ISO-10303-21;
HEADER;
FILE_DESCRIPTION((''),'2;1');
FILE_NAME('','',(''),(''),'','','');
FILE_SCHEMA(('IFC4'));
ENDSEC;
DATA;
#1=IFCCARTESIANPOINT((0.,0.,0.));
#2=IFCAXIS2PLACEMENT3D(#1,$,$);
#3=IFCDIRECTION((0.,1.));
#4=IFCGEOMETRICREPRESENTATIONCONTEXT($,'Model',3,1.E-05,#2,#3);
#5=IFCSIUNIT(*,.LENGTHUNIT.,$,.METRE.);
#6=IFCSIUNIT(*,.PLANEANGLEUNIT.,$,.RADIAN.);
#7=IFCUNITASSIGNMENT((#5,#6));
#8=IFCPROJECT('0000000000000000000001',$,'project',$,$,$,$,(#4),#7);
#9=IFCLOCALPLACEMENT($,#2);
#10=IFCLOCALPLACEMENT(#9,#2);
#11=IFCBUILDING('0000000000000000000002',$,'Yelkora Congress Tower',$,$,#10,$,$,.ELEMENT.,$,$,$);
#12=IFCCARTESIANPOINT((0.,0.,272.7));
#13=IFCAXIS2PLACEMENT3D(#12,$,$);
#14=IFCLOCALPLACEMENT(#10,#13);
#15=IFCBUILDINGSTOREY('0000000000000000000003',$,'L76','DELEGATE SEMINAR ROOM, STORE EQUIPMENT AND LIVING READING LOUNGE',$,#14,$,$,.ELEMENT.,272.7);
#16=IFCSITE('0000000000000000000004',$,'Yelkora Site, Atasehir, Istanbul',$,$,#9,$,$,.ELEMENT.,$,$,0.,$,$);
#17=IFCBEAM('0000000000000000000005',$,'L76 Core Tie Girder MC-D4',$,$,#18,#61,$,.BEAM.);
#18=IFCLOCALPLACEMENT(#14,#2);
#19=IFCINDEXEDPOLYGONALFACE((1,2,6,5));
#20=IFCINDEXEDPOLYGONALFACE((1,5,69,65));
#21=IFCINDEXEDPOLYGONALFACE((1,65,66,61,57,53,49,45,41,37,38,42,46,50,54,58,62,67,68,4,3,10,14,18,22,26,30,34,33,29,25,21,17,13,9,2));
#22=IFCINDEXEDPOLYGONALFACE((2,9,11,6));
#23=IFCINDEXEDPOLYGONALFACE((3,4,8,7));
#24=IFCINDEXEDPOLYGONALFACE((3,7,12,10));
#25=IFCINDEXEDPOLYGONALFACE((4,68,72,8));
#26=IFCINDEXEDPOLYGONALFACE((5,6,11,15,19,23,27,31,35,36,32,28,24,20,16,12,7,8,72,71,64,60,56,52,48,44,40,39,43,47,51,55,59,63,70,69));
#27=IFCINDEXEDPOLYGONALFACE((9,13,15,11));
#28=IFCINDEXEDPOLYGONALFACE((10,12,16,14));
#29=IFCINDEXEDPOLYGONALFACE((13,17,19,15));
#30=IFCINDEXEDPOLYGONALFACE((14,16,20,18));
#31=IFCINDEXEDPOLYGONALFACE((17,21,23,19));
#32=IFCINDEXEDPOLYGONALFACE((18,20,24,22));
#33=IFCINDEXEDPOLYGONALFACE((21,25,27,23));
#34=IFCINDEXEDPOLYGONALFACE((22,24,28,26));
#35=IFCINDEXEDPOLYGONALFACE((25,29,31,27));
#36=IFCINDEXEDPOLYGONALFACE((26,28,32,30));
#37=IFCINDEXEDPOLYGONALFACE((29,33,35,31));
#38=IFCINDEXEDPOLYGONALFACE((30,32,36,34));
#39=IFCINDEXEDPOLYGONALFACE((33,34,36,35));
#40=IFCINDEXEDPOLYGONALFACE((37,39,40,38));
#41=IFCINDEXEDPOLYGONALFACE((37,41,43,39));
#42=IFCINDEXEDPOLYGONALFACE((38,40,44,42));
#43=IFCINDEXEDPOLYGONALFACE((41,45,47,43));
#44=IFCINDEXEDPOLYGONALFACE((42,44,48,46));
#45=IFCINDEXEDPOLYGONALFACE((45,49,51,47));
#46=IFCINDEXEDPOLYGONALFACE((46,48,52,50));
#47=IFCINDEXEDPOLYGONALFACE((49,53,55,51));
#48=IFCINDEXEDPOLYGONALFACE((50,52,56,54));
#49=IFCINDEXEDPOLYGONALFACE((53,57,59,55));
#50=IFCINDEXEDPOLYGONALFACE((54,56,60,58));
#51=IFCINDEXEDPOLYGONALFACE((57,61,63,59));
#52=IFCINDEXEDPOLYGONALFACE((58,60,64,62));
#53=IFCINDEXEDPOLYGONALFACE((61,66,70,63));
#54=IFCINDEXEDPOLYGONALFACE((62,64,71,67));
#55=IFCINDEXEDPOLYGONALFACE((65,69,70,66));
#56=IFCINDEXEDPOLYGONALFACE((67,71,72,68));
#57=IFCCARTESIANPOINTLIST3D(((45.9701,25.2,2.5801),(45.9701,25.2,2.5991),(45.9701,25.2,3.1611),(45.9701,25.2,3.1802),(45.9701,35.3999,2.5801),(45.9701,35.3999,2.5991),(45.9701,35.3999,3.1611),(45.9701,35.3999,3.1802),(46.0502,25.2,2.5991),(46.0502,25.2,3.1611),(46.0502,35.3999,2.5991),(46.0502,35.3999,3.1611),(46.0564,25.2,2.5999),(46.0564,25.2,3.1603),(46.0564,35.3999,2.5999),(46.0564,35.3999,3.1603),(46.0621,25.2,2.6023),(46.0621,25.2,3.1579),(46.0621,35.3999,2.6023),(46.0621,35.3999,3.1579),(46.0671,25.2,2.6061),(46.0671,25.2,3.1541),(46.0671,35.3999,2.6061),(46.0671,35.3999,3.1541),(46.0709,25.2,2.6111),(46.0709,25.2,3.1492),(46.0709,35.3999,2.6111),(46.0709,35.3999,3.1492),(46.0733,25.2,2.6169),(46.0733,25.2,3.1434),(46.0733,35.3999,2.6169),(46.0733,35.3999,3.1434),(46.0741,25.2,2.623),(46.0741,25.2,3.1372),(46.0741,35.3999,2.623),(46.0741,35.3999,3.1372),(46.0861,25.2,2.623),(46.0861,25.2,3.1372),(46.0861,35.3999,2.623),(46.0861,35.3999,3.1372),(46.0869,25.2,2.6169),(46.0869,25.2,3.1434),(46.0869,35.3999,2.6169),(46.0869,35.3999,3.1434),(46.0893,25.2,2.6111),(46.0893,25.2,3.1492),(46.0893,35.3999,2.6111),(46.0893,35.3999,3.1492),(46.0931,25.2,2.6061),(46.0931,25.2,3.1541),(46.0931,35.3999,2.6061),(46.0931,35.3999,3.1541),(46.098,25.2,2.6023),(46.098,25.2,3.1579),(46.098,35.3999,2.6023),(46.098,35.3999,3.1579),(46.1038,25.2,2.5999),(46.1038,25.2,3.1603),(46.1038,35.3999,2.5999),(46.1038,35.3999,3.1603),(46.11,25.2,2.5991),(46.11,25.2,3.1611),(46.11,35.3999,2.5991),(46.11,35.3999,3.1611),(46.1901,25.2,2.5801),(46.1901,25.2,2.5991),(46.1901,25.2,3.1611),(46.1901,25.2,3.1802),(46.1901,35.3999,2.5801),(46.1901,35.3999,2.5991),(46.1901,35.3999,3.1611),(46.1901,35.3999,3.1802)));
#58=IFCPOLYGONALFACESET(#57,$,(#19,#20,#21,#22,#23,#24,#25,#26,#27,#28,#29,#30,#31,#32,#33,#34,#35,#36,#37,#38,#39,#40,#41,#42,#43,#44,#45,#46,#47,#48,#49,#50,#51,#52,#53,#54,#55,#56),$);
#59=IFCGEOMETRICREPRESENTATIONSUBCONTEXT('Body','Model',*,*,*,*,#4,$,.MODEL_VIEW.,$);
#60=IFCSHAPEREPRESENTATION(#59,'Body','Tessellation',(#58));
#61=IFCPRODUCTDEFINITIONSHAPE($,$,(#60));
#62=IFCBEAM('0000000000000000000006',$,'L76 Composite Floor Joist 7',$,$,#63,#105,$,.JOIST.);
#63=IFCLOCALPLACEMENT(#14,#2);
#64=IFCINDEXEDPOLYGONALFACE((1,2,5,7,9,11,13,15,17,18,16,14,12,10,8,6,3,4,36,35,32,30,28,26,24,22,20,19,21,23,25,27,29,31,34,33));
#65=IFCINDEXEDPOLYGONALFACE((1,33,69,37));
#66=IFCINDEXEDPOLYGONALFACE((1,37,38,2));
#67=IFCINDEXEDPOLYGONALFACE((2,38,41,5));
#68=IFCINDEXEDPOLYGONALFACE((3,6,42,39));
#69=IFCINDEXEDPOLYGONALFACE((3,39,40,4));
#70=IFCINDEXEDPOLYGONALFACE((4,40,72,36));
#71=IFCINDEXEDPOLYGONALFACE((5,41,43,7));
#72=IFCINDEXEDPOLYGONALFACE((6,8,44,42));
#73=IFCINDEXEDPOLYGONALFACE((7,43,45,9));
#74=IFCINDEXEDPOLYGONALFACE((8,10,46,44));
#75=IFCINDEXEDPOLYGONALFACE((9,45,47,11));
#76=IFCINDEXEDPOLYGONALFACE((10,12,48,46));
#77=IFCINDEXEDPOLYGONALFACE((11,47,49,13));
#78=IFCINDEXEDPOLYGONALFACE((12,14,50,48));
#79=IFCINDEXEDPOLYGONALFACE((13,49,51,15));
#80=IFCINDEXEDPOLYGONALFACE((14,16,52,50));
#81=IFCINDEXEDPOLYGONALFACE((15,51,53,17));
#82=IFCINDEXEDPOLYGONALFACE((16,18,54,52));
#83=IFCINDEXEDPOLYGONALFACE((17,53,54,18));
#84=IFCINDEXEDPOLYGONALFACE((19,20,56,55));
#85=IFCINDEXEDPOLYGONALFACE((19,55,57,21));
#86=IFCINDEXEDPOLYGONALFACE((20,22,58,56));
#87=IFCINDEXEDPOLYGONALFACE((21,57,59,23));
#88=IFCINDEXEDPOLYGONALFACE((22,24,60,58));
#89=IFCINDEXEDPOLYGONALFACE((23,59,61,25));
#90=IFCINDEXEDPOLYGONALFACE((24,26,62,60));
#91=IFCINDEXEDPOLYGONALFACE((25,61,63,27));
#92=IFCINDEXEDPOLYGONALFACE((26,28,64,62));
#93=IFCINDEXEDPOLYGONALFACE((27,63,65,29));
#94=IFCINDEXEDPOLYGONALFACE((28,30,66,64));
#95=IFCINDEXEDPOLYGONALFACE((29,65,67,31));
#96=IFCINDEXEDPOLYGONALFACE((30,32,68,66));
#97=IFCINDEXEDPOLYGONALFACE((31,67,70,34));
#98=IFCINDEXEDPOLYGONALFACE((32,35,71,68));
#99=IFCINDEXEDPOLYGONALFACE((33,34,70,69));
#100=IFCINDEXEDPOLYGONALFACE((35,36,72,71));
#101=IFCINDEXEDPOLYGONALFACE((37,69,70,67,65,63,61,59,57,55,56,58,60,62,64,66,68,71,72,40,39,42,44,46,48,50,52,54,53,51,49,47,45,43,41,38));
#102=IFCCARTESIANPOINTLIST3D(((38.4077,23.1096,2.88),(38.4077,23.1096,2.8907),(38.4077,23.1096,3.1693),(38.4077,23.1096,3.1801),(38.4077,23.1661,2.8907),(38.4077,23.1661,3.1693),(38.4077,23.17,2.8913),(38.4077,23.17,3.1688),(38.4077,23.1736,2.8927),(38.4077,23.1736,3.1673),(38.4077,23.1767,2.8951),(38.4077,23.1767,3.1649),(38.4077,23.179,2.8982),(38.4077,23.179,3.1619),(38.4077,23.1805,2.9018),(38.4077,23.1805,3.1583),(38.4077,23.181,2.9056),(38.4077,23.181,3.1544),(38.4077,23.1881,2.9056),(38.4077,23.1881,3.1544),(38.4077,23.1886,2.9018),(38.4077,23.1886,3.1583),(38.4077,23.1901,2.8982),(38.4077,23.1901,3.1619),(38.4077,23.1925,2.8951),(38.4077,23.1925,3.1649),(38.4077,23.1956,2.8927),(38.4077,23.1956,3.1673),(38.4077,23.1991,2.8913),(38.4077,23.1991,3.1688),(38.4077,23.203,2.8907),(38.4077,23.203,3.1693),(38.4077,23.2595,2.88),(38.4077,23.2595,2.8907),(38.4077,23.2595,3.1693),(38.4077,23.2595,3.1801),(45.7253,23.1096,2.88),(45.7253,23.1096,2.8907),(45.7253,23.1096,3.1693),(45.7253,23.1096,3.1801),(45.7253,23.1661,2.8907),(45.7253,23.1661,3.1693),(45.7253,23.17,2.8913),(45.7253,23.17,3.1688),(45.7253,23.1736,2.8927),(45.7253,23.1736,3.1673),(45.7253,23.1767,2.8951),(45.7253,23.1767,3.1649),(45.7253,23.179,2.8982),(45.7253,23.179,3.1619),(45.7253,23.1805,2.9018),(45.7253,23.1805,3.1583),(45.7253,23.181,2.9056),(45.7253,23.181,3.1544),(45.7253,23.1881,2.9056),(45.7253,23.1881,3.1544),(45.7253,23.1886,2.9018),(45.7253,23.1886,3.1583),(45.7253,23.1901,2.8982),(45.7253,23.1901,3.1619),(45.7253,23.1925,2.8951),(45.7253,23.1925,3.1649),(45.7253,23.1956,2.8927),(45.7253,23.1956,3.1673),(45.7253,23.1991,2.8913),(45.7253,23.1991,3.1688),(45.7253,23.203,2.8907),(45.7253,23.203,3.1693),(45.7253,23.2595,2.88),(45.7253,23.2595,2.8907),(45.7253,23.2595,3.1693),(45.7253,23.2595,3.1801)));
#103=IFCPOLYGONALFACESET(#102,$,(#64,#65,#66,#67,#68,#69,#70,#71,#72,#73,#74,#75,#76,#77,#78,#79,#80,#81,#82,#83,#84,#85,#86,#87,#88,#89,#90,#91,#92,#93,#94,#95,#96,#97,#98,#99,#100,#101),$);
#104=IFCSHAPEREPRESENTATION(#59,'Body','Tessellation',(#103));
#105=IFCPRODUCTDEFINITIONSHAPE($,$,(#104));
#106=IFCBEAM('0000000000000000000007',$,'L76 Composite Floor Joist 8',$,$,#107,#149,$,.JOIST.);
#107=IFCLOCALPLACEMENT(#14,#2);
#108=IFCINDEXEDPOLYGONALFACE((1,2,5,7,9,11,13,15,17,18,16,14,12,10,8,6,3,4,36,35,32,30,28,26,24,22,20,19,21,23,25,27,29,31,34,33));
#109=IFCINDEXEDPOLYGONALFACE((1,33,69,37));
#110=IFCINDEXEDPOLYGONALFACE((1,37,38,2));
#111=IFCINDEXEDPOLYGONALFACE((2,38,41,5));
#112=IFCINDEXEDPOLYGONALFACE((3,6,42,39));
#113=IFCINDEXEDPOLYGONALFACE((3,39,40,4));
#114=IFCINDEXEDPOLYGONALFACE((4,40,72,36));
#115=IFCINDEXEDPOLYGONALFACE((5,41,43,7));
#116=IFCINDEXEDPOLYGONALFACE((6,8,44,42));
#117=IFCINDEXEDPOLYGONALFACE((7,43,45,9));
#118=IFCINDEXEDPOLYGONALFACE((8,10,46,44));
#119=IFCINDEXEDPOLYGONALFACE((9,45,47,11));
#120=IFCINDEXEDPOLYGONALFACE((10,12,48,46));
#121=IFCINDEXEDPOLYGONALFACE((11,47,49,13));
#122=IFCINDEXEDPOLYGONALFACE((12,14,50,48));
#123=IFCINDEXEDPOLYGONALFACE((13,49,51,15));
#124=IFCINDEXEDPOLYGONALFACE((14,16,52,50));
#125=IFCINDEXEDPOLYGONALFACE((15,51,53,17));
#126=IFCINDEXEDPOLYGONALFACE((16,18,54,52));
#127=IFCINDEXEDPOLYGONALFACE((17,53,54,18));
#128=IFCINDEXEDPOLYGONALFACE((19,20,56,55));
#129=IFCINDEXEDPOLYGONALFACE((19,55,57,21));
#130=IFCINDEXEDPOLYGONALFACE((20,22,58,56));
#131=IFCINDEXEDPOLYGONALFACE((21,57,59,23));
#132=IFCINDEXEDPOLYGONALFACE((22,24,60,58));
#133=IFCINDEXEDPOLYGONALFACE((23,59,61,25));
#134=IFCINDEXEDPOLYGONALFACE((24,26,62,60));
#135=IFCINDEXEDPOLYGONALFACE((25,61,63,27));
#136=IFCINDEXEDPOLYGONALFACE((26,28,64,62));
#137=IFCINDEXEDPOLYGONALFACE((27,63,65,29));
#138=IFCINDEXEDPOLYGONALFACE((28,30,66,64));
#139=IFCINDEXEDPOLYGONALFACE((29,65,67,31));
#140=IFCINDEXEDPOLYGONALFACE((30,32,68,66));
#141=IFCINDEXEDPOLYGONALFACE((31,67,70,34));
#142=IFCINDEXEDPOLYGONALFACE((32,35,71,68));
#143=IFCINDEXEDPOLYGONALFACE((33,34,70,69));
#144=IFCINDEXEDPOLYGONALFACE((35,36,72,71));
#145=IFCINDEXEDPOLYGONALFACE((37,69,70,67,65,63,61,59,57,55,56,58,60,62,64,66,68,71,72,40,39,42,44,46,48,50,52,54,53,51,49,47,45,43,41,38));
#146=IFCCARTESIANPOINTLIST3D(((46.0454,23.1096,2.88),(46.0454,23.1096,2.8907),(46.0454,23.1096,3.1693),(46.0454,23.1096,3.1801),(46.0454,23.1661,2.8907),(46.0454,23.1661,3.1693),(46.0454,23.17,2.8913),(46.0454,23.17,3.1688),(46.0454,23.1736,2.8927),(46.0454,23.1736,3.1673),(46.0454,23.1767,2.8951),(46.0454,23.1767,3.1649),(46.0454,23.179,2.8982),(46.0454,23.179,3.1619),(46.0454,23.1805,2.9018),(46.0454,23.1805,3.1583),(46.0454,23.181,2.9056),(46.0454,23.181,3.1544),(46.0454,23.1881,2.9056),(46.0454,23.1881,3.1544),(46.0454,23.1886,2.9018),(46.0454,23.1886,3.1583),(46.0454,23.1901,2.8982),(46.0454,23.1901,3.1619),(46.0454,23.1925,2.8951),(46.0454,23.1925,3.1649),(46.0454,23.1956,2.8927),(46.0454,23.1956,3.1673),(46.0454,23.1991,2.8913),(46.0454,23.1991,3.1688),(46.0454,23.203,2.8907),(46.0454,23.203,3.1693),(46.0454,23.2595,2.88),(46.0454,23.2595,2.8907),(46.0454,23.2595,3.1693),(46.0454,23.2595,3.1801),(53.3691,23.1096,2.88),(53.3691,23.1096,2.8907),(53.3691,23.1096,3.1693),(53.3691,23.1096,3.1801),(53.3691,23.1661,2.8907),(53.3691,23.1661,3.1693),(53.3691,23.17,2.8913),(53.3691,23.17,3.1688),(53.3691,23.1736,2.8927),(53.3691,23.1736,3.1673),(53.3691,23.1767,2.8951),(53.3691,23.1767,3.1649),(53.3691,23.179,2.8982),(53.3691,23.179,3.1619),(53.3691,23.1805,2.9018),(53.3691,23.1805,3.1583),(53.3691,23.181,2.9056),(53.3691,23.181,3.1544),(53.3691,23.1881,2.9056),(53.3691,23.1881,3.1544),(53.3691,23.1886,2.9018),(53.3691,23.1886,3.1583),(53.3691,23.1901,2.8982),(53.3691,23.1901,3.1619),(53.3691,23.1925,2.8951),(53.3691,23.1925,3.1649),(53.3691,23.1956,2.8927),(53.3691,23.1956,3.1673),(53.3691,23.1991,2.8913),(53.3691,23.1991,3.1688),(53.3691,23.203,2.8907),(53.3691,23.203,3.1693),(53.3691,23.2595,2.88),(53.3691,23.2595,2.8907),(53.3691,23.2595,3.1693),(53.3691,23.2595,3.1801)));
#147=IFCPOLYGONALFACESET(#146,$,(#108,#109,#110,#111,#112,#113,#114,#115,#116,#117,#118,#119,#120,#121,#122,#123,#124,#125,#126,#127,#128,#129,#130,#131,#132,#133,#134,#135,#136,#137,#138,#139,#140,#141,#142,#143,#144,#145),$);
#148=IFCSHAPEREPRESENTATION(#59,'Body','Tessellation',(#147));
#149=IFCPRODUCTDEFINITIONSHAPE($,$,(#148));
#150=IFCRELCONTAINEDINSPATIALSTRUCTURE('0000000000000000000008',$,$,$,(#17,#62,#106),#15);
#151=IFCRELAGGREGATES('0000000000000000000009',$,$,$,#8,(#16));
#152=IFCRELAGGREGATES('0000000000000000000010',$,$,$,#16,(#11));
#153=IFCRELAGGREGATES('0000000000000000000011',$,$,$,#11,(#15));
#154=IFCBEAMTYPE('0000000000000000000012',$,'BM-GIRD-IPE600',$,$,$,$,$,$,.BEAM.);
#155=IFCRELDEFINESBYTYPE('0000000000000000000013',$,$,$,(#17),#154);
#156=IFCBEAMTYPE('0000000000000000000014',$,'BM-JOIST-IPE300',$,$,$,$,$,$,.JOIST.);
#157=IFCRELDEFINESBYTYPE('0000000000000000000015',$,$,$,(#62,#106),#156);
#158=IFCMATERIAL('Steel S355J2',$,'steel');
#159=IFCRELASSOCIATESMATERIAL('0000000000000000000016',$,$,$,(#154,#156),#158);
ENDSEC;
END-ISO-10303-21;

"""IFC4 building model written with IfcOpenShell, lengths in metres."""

from ifc_helpers import new_model, si_unit, direction, frame, origin, origin_2d, place, context, subcontext, project, spatial, i_section, extrude, material, material_profile, profile_set, type_object, element, save


model = new_model("IFC4")

# Units and contexts
model_context = context("Model", 3, precision=1e-05, world=origin(), true_north=direction((0.0, 1.0)))
body_context = subcontext(model_context, "Body", "Model", "MODEL_VIEW")
ifc_project = project(units=[si_unit("LENGTHUNIT", "METRE"), si_unit("PLANEANGLEUNIT", "RADIAN")], contexts=[model_context])

# Site, building, storey
site_placement = place(None, origin())
site = spatial("IfcSite", under=ifc_project, at=site_placement, Name="Yelkora Site, Atasehir, Istanbul", CompositionType="ELEMENT", RefElevation=0.0)
building_placement = place(site_placement, origin())
building = spatial("IfcBuilding", under=site, at=building_placement, Name="Yelkora Congress Tower", CompositionType="ELEMENT")
storey_placement = place(building_placement, frame((0.0, 0.0, 272.7)))
storey = spatial("IfcBuildingStorey", under=building, at=storey_placement, Name="L76", Description="DELEGATE SEMINAR ROOM, STORE EQUIPMENT AND LIVING READING LOUNGE", CompositionType="ELEMENT", Elevation=272.7)

# Beams
ifc_material_1 = material(Name="Steel S355J2", Category="steel")
ifc_material_profile_1 = material_profile(ifc_material_1, i_section(OverallWidth=0.22, OverallDepth=0.6001, WebThickness=0.012, FlangeThickness=0.019, FilletRadius=0.0239, at=origin_2d()), Name="IPE 600")
ifc_profile_set_1 = profile_set([ifc_material_profile_1], Name="Steel S355J2")
beam_type_1 = type_object("IfcBeamType", Name="BM-GIRD-IPE600", PredefinedType="BEAM", material=ifc_profile_set_1)
beam_1_placement = place(storey_placement, frame((46.0801, 25.2, 2.8801), z_axis=(0.0, 1.0, 0.0), x_axis=(-1.0, 0.0, 0.0)))
element("IfcBeam", 1, at=beam_1_placement, inside=storey, type_object=beam_type_1, Name="L76 Core Tie Girder MC-D4", PredefinedType="BEAM", context=body_context, shape_type="SweptSolid", body=[
    extrude(i_section(OverallWidth=0.22, OverallDepth=0.6001, WebThickness=0.012, FlangeThickness=0.019, FilletRadius=0.0239, at=origin_2d()), origin(), (0.0, 0.0, 1.0), 10.2),
])
ifc_material_profile_2 = material_profile(ifc_material_1, i_section(OverallWidth=0.1499, OverallDepth=0.3, WebThickness=0.0071, FlangeThickness=0.0107, FilletRadius=0.0149, at=origin_2d()), Name="IPE 300")
ifc_profile_set_2 = profile_set([ifc_material_profile_2], Name="Steel S355J2")
beam_type_2 = type_object("IfcBeamType", Name="BM-JOIST-IPE300", PredefinedType="JOIST", material=ifc_profile_set_2)
beam_2_placement = place(storey_placement, frame((38.4077, 23.1846, 3.03), z_axis=(1.0, 0.0, 0.0), x_axis=(0.0, 1.0, 0.0)))
element("IfcBeam", 2, at=beam_2_placement, inside=storey, type_object=beam_type_2, Name="L76 Composite Floor Joist 7", PredefinedType="JOIST", context=body_context, shape_type="SweptSolid", body=[
    extrude(i_section(OverallWidth=0.1499, OverallDepth=0.3, WebThickness=0.0071, FlangeThickness=0.0107, FilletRadius=0.0149, at=origin_2d()), origin(), (0.0, 0.0, 1.0), 7.3176),
])
beam_3_placement = place(storey_placement, frame((46.0454, 23.1846, 3.03), z_axis=(1.0, 0.0, 0.0), x_axis=(0.0, 1.0, 0.0)))
element("IfcBeam", 3, at=beam_3_placement, inside=storey, type_object=beam_type_2, Name="L76 Composite Floor Joist 8", PredefinedType="JOIST", context=body_context, shape_type="SweptSolid", body=[
    extrude(i_section(OverallWidth=0.1499, OverallDepth=0.3, WebThickness=0.0071, FlangeThickness=0.0107, FilletRadius=0.0149, at=origin_2d()), origin(), (0.0, 0.0, 1.0), 7.3237),
])

save(model, "model.ifc")
